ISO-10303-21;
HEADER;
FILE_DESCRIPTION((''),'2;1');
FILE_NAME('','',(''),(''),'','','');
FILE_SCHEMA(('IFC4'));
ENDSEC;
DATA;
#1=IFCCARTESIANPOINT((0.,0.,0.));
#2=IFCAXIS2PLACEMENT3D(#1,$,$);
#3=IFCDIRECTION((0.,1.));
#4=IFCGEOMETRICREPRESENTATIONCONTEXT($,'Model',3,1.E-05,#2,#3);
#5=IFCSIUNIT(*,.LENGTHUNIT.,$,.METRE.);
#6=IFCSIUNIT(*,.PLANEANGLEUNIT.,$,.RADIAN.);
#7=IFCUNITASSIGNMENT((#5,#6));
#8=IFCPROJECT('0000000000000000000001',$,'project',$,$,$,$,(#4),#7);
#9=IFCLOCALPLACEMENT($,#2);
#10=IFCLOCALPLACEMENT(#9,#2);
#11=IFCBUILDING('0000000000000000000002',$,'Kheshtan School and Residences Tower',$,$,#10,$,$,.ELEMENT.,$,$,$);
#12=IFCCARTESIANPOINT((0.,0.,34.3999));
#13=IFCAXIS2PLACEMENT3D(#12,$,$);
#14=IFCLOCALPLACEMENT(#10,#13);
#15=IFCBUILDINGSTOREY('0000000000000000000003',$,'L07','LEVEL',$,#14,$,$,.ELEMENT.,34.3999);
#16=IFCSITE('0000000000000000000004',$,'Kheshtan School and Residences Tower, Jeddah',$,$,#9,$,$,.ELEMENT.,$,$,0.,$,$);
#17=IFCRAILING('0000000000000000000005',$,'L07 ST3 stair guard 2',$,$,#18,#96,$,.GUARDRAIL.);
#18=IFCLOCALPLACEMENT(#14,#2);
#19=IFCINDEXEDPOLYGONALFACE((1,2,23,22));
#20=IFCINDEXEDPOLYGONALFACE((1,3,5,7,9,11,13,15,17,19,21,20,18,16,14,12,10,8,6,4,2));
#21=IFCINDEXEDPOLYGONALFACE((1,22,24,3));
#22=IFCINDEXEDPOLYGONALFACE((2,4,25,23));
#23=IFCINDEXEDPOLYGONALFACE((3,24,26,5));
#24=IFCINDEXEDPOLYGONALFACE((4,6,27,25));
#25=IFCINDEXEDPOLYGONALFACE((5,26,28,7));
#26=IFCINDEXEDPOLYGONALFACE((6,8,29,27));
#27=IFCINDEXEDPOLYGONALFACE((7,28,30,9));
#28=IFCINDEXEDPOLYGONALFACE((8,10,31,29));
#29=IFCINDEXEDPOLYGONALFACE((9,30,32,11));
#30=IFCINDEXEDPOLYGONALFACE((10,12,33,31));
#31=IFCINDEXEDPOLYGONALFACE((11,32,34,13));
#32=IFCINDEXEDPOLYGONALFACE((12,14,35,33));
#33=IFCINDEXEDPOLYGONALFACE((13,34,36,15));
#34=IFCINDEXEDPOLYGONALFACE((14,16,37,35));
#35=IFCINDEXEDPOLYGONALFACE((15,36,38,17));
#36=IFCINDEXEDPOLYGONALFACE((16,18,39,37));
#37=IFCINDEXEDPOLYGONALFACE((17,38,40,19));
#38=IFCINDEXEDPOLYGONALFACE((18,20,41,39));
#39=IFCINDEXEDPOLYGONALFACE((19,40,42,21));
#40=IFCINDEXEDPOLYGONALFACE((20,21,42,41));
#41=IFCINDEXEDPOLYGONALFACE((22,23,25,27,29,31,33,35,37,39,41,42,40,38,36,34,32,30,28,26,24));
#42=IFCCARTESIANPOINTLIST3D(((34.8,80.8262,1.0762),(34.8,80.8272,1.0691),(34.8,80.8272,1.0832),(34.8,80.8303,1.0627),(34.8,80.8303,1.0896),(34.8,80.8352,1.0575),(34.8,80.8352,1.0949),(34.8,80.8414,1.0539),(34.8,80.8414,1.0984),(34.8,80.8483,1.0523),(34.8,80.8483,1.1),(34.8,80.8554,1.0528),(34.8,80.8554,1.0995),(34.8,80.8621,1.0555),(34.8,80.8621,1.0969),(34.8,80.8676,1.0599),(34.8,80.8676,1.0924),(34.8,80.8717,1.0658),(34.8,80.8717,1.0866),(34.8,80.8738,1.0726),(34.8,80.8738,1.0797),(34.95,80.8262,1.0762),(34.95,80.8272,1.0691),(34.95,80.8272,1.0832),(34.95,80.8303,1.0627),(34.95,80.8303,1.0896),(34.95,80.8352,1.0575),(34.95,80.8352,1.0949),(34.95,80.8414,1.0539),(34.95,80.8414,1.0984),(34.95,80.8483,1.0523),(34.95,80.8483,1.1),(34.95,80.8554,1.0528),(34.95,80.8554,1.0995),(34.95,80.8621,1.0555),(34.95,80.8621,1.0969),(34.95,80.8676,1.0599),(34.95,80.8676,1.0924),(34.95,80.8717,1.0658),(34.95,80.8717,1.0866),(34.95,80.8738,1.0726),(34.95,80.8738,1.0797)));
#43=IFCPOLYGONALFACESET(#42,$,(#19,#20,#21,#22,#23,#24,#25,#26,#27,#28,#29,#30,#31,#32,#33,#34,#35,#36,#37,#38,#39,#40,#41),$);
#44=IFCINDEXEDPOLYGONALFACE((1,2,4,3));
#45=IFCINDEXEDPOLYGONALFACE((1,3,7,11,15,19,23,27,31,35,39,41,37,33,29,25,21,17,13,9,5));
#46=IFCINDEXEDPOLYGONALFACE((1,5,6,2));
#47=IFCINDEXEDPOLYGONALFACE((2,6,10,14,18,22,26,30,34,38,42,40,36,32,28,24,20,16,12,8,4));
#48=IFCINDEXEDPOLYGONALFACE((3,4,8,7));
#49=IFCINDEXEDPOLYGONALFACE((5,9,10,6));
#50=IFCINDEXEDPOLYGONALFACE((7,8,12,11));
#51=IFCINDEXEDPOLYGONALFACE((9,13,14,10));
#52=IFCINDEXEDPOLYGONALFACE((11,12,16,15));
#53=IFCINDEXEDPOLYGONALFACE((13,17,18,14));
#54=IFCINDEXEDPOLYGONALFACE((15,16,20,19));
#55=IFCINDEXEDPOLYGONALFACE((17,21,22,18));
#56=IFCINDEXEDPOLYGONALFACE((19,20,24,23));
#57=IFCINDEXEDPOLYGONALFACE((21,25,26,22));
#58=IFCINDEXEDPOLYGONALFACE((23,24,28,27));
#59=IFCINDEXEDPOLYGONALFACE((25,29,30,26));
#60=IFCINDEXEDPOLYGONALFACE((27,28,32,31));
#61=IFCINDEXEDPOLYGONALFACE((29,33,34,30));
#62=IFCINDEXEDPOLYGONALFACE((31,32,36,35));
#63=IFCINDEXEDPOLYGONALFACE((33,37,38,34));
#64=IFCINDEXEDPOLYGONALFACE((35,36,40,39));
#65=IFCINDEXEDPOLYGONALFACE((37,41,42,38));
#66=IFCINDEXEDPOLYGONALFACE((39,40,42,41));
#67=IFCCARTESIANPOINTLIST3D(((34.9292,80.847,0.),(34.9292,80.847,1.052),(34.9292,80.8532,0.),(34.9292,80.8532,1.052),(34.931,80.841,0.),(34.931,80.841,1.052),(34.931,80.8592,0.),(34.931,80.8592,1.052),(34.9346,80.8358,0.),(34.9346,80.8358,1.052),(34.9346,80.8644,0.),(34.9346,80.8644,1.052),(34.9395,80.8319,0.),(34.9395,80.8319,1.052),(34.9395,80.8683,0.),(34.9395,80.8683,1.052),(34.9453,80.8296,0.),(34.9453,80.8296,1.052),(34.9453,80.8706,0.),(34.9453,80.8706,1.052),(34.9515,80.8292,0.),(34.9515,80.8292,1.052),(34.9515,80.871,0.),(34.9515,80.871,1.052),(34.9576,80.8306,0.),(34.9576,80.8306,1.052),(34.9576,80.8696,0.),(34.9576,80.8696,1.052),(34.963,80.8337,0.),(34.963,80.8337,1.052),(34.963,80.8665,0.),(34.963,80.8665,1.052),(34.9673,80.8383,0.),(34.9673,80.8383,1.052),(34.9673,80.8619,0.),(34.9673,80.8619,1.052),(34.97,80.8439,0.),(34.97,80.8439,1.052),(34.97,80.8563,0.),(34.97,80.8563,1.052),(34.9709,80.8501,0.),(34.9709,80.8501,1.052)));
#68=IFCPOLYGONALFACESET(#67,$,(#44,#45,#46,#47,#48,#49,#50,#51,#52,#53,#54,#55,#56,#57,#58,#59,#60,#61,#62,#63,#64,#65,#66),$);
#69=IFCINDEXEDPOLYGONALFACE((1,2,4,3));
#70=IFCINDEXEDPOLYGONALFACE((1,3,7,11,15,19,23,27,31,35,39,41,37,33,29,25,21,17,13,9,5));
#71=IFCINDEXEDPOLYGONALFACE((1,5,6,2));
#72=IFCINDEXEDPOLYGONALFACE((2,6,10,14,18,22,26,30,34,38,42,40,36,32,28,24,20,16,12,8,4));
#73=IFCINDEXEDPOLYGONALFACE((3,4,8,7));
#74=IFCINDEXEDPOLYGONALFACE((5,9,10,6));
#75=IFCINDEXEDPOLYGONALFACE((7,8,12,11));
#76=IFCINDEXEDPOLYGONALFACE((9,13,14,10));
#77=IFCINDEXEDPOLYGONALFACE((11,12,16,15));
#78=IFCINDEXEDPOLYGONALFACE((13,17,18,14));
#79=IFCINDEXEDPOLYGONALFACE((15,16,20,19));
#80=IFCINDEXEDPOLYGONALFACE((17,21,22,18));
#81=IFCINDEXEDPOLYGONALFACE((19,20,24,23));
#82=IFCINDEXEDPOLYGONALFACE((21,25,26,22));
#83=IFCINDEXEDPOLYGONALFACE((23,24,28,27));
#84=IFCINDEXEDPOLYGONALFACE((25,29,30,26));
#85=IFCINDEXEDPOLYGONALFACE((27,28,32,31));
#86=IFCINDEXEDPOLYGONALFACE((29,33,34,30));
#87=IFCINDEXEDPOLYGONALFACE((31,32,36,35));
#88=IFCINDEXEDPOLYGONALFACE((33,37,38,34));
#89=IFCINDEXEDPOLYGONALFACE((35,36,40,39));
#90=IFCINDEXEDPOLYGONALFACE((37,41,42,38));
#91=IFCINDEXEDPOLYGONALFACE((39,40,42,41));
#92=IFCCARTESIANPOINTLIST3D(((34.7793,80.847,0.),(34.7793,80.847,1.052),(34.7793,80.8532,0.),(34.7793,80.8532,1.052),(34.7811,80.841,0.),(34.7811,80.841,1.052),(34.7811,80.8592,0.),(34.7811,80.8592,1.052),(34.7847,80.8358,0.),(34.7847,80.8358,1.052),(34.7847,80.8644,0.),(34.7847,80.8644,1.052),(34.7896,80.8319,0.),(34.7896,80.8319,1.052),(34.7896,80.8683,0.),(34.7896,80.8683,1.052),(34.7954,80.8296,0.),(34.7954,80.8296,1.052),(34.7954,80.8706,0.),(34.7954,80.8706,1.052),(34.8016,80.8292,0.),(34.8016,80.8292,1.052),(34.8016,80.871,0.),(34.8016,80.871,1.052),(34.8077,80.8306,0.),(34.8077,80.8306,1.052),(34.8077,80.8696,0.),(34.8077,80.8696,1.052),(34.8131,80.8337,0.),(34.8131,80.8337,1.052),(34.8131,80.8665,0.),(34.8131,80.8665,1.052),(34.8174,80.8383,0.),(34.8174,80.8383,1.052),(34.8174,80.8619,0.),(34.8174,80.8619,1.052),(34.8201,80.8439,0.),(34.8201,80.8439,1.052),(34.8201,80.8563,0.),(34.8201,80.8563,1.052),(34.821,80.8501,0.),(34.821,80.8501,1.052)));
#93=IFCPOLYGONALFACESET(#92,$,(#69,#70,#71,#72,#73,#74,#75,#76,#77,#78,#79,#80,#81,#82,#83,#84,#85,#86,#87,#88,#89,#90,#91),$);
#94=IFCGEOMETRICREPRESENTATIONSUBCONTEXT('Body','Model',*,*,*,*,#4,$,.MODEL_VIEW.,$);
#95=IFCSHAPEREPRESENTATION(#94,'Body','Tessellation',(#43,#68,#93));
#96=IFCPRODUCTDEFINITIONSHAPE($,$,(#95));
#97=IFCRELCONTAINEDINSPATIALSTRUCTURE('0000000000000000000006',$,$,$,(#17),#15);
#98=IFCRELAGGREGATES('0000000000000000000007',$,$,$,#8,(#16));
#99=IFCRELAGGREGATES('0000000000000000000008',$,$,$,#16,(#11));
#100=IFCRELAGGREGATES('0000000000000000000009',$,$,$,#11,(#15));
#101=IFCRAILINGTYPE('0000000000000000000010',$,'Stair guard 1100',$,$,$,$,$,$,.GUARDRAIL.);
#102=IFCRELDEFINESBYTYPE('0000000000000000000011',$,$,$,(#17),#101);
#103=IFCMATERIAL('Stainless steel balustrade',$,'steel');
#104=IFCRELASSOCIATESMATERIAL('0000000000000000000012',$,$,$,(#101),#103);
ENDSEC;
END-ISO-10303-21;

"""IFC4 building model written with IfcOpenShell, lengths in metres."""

from ifc_helpers import new_model, si_unit, direction, frame, origin, origin_2d, place, context, subcontext, project, spatial, circle, extrude, material, type_object, element, save


model = new_model("IFC4")

# Units and contexts
model_context = context("Model", 3, precision=1e-05, world=origin(), true_north=direction((0.0, 1.0)))
body_context = subcontext(model_context, "Body", "Model", "MODEL_VIEW")
ifc_project = project(units=[si_unit("LENGTHUNIT", "METRE"), si_unit("PLANEANGLEUNIT", "RADIAN")], contexts=[model_context])

# Site, building, storey
site_placement = place(None, origin())
site = spatial("IfcSite", under=ifc_project, at=site_placement, Name="Kheshtan School and Residences Tower, Jeddah", CompositionType="ELEMENT", RefElevation=0.0)
building_placement = place(site_placement, origin())
building = spatial("IfcBuilding", under=site, at=building_placement, Name="Kheshtan School and Residences Tower", CompositionType="ELEMENT")
storey_placement = place(building_placement, frame((0.0, 0.0, 34.3999)))
storey = spatial("IfcBuildingStorey", under=building, at=storey_placement, Name="L07", Description="LEVEL", CompositionType="ELEMENT", Elevation=34.3999)

# Railing
ifc_material_1 = material(Name="Stainless steel balustrade", Category="steel")
railing_type_1 = type_object("IfcRailingType", Name="Stair guard 1100", PredefinedType="GUARDRAIL", material=ifc_material_1)
railing_1_placement = place(storey_placement, frame((34.95, 80.8501, 0.0)))
element("IfcRailing", 1, at=railing_1_placement, inside=storey, type_object=railing_type_1, Name="L07 ST3 stair guard 2", PredefinedType="GUARDRAIL", context=body_context, shape_type="SweptSolid", body=[
    extrude(circle(Radius=0.0239, at=origin_2d()), frame((0.0, 0.0, 1.0762), z_axis=(-1.0, 0.0, 0.0), x_axis=(0.0, -1.0, 0.0)), (0.0, 0.0, 1.0), 0.1499),
    extrude(circle(Radius=0.021, at=origin_2d()), origin(), (0.0, 0.0, 1.0), 1.052),
    extrude(circle(Radius=0.021, at=origin_2d()), frame((-0.1499, 0.0, 0.0)), (0.0, 0.0, 1.0), 1.052),
])

save(model, "model.ifc")
